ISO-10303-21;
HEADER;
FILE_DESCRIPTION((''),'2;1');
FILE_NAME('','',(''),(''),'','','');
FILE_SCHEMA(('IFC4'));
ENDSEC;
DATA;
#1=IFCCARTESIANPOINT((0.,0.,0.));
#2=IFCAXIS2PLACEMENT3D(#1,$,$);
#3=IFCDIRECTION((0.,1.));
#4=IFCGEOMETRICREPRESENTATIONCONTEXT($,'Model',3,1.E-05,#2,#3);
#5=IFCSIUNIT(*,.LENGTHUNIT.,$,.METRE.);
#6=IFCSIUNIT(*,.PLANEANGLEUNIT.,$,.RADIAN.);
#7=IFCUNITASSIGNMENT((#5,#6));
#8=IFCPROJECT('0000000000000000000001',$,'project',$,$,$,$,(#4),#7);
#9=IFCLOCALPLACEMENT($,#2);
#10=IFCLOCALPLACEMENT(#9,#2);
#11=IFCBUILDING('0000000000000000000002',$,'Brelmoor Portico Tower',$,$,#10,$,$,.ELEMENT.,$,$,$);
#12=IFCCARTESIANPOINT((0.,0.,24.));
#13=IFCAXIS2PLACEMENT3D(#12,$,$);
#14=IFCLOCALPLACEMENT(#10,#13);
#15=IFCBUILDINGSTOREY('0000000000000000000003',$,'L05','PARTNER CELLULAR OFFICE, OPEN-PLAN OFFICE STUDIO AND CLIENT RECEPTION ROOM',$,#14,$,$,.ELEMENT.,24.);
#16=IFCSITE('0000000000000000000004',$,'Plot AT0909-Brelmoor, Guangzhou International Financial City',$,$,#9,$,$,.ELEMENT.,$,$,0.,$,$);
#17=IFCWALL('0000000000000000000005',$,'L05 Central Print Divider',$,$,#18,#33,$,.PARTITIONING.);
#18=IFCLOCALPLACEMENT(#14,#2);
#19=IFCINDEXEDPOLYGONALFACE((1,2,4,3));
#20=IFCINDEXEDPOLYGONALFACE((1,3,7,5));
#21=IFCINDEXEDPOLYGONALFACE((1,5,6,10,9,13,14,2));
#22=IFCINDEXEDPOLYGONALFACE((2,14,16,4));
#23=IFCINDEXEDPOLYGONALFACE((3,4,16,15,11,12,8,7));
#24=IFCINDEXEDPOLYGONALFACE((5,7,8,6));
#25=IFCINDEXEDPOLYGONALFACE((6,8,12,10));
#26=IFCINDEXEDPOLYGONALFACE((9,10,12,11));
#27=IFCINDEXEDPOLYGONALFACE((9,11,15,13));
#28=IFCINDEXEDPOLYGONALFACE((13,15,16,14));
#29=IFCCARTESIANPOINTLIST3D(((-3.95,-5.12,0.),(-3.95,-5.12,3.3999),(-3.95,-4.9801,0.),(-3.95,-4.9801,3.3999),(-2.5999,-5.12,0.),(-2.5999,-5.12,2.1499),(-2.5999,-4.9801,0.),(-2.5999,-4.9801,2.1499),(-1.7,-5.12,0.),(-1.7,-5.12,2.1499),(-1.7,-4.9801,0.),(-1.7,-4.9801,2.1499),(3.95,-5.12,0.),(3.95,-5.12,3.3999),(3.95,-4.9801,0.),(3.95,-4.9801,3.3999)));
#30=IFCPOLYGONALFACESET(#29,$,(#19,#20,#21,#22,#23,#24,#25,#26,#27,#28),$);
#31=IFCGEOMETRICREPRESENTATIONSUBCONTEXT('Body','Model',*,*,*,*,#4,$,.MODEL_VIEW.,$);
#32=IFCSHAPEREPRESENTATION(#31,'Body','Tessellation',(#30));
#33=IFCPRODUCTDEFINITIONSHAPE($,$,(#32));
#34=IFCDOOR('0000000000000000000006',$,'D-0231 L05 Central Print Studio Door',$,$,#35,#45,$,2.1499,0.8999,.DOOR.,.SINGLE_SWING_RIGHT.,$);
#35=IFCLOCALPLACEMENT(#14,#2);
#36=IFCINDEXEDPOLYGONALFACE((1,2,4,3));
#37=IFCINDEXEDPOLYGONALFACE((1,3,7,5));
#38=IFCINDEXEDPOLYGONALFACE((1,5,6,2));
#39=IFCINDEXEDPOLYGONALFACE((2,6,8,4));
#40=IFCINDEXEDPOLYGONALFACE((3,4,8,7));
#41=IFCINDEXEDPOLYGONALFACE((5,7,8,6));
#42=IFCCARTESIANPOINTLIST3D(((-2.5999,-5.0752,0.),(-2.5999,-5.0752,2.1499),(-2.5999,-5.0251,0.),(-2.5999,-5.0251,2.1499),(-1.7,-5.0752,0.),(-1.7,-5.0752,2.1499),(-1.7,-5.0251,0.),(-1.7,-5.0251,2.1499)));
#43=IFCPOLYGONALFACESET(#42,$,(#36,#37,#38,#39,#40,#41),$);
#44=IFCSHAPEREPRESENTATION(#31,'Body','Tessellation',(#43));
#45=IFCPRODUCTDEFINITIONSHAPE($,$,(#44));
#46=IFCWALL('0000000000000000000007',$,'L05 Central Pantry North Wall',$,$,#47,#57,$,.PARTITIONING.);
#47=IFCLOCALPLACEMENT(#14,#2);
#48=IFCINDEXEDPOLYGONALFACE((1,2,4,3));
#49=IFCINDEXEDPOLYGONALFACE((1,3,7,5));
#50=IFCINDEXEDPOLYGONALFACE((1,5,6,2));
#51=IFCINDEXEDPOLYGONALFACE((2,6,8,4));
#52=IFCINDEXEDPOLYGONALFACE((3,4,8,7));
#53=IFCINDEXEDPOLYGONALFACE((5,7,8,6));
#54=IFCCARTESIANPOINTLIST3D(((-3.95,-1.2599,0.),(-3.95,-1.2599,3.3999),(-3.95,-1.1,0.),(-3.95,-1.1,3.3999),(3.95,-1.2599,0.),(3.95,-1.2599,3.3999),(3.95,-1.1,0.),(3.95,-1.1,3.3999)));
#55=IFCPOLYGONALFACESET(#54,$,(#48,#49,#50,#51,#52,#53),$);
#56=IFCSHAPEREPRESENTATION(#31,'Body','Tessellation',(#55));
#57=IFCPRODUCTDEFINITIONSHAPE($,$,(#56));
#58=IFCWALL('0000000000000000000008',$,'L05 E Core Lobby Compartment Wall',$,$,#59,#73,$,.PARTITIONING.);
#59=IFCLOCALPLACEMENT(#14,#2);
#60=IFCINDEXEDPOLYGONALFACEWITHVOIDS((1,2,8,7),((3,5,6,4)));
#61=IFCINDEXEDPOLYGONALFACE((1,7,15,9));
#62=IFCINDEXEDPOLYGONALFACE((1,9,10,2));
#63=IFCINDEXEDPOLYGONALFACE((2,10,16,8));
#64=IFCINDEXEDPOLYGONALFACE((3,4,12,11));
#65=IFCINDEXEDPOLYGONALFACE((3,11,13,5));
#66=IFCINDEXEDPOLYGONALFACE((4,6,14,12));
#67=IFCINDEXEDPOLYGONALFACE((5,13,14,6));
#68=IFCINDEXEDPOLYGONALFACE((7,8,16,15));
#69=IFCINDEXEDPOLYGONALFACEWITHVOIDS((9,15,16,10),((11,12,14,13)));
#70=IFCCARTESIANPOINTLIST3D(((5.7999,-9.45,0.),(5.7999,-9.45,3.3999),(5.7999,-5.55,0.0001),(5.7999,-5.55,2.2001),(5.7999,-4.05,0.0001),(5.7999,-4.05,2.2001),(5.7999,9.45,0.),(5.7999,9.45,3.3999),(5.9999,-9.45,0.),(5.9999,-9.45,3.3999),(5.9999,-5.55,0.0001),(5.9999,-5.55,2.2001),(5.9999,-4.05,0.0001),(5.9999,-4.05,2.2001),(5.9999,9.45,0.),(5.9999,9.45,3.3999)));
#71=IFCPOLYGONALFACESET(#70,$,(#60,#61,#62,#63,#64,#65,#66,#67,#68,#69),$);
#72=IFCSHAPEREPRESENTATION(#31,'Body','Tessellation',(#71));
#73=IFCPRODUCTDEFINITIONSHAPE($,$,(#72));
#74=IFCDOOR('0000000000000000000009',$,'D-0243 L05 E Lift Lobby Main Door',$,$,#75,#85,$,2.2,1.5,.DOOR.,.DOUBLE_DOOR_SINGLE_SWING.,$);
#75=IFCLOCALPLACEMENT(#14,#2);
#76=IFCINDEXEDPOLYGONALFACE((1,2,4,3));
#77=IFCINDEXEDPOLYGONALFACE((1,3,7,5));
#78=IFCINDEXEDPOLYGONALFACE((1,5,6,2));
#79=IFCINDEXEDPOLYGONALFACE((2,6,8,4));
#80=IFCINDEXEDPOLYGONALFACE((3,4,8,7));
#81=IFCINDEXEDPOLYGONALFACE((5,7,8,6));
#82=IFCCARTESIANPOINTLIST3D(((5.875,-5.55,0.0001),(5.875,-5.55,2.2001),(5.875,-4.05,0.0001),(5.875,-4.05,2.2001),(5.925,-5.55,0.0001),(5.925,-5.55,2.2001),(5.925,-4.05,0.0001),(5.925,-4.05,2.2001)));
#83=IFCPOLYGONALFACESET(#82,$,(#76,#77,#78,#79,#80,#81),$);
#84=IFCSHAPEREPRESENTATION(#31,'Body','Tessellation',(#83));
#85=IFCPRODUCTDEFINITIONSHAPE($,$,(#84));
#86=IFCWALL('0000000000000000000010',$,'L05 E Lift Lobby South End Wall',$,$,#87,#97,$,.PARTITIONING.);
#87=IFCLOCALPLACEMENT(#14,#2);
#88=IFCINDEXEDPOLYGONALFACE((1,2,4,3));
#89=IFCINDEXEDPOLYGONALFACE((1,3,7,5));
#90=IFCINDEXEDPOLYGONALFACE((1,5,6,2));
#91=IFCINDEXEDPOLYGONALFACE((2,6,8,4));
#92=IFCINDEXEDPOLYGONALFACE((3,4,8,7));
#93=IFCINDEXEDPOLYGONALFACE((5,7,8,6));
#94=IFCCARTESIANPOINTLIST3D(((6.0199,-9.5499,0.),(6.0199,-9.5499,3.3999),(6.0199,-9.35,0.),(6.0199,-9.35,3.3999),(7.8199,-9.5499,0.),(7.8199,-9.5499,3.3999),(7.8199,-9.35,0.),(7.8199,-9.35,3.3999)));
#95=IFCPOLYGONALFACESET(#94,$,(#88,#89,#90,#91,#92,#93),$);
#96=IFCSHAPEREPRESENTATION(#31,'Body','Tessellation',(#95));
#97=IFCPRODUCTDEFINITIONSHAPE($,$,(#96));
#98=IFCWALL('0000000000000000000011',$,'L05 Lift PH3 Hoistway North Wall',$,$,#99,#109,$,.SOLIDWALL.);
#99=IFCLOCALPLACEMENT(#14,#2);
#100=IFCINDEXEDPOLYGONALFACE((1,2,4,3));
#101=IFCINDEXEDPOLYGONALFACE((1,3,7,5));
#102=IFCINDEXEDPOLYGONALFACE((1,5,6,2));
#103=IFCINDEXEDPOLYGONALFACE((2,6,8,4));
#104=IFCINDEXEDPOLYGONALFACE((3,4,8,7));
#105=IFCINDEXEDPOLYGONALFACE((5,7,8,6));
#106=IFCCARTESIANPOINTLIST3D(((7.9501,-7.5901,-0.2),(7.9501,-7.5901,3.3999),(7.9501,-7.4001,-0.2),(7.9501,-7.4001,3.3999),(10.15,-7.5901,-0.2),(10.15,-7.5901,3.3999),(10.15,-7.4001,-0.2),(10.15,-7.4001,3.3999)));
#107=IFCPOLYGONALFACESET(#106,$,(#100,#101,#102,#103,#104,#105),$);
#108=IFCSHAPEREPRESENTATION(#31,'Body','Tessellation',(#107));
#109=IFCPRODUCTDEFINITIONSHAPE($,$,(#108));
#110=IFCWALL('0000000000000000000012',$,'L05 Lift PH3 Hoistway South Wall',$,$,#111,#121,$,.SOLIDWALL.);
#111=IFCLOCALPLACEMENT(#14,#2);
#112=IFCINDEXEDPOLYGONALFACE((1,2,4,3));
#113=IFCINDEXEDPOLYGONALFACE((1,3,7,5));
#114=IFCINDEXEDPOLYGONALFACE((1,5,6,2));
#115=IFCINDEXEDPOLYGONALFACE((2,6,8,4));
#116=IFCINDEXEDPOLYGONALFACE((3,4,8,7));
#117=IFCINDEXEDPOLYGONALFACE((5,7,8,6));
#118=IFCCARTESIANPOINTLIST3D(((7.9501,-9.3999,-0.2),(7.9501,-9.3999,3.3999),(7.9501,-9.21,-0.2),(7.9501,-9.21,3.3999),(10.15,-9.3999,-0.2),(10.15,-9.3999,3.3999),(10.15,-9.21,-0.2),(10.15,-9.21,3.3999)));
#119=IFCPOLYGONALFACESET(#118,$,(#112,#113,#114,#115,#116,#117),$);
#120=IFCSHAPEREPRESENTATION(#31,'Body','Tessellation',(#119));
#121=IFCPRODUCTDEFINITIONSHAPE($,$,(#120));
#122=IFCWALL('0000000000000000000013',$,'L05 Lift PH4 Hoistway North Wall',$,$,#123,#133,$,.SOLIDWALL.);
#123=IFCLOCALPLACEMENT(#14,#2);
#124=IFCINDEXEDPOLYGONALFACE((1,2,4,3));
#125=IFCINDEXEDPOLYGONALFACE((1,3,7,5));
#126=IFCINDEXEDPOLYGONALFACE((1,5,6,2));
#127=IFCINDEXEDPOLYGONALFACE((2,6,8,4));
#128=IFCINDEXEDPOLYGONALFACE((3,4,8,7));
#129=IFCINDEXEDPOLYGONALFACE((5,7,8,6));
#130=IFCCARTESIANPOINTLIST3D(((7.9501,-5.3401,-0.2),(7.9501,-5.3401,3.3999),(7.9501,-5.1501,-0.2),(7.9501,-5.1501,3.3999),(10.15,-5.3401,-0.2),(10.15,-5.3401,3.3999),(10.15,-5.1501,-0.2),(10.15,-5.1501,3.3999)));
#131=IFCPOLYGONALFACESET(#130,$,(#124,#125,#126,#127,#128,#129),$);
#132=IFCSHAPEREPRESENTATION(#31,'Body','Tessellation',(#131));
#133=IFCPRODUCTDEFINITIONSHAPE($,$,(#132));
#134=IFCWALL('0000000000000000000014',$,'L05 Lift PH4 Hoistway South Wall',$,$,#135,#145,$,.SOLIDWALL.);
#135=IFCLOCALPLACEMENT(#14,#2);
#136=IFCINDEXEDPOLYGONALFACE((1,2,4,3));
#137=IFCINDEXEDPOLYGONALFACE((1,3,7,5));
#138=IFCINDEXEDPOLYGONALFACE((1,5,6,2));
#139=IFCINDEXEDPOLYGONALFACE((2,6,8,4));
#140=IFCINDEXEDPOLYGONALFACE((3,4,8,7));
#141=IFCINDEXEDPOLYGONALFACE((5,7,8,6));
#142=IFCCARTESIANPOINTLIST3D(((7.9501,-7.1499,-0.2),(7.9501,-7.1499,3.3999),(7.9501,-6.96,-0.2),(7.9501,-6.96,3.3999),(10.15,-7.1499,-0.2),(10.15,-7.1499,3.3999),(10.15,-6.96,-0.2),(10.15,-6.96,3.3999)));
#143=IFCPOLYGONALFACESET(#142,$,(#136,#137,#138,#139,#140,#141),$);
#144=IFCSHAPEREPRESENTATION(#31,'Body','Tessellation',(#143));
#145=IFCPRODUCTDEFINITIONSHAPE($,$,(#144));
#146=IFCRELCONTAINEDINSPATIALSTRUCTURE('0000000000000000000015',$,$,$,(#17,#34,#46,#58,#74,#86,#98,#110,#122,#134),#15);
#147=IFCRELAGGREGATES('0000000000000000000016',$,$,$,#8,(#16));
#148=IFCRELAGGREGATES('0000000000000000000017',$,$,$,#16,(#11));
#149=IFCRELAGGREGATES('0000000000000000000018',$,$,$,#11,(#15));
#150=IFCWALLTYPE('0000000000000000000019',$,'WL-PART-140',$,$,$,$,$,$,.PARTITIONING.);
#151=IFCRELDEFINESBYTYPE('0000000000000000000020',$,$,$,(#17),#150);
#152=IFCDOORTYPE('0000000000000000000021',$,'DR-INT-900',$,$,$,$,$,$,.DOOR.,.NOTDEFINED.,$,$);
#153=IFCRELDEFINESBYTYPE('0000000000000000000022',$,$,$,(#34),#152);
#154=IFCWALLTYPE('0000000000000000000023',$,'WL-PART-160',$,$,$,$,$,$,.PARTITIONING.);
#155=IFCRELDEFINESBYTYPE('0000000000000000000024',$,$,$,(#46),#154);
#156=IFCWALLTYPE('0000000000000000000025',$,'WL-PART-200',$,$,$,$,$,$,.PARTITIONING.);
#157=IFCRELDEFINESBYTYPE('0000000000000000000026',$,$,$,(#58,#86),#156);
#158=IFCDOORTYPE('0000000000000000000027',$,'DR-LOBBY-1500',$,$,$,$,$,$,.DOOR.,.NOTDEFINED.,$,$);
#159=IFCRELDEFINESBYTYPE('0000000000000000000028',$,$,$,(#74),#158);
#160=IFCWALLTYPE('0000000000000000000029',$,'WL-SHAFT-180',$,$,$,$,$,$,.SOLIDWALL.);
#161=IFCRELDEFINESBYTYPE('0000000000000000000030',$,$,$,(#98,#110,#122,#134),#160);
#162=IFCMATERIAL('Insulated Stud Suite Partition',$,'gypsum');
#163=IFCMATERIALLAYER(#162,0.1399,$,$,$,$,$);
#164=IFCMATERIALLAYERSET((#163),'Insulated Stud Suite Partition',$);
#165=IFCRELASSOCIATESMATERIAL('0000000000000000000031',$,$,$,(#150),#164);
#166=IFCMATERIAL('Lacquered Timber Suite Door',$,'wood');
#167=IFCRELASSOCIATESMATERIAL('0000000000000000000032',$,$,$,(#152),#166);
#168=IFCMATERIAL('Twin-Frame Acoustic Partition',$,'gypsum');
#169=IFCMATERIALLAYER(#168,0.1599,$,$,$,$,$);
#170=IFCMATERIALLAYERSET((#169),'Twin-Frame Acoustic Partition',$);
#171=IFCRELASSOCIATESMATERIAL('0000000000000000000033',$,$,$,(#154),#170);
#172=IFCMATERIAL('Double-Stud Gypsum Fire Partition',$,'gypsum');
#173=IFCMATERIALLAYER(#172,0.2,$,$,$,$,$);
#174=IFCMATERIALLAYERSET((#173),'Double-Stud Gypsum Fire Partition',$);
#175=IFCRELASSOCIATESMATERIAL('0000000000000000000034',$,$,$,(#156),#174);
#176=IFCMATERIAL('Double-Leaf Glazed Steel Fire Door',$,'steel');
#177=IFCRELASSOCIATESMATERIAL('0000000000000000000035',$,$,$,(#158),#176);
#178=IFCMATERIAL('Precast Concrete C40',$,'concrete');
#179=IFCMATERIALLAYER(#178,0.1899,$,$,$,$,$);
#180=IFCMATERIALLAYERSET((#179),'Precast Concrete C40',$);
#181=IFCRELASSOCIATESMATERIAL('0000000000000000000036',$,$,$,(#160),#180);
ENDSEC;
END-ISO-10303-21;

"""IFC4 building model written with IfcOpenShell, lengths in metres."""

from ifc_helpers import new_model, si_unit, direction, frame, frame_2d, origin, place, context, subcontext, project, spatial, rectangle, extrude, material, layer, layer_set, type_object, element, fill, save


model = new_model("IFC4")

# Units and contexts
model_context = context("Model", 3, precision=1e-05, world=origin(), true_north=direction((0.0, 1.0)))
body_context = subcontext(model_context, "Body", "Model", "MODEL_VIEW")
ifc_project = project(units=[si_unit("LENGTHUNIT", "METRE"), si_unit("PLANEANGLEUNIT", "RADIAN")], contexts=[model_context])

# Site, building, storey
site_placement = place(None, origin())
site = spatial("IfcSite", under=ifc_project, at=site_placement, Name="Plot AT0909-Brelmoor, Guangzhou International Financial City", CompositionType="ELEMENT", RefElevation=0.0)
building_placement = place(site_placement, origin())
building = spatial("IfcBuilding", under=site, at=building_placement, Name="Brelmoor Portico Tower", CompositionType="ELEMENT")
storey_placement = place(building_placement, frame((0.0, 0.0, 24.0)))
storey = spatial("IfcBuildingStorey", under=building, at=storey_placement, Name="L05", Description="PARTNER CELLULAR OFFICE, OPEN-PLAN OFFICE STUDIO AND CLIENT RECEPTION ROOM", CompositionType="ELEMENT", Elevation=24.0)

# Wall, opening, door
ifc_material_1 = material(Name="Insulated Stud Suite Partition", Category="gypsum")
ifc_layer_1 = layer(ifc_material_1, 0.1399)
ifc_layer_set_1 = layer_set([ifc_layer_1], Name="Insulated Stud Suite Partition")
wall_type_1 = type_object("IfcWallType", Name="WL-PART-140", PredefinedType="PARTITIONING", material=ifc_layer_set_1)
wall_1_placement = place(storey_placement, frame((-3.95, -5.05, 0.0), z_axis=(0.0, 0.0, 1.0), x_axis=(1.0, 0.0, 0.0)))
wall_1 = element("IfcWall", 1, at=wall_1_placement, inside=storey, type_object=wall_type_1, Name="L05 Central Print Divider", PredefinedType="PARTITIONING", context=body_context, shape_type="SweptSolid", body=[
    extrude(rectangle(XDim=7.8999, YDim=0.1399, at=frame_2d((3.95, 0.0))), origin(), (0.0, 0.0, 1.0), 3.3999),
])
opening_1_placement = place(wall_1_placement, frame((1.3501, 0.0, 0.0)))
opening_1 = element("IfcOpeningElement", 2, at=opening_1_placement, cuts=wall_1, PredefinedType="OPENING", context=body_context, shape_type="SweptSolid", body=[
    extrude(rectangle(XDim=0.8999, YDim=2.1499, at=frame_2d((0.45, 1.075))), frame((0.0, 0.0798, 0.0), z_axis=(0.0, -1.0, 0.0), x_axis=(1.0, 0.0, 0.0)), (0.0, 0.0, 1.0), 0.1599),
])
ifc_material_2 = material(Name="Lacquered Timber Suite Door", Category="wood")
door_type_1 = type_object("IfcDoorType", Name="DR-INT-900", OperationType="NOTDEFINED", PredefinedType="DOOR", material=ifc_material_2)
door_1_placement = place(opening_1_placement, origin())
door_1 = element("IfcDoor", 3, at=door_1_placement, inside=storey, type_object=door_type_1, Name="D-0231 L05 Central Print Studio Door", OperationType="SINGLE_SWING_RIGHT", OverallHeight=2.1499, OverallWidth=0.8999, PredefinedType="DOOR", context=body_context, shape_type="SweptSolid", body=[
    extrude(rectangle(XDim=0.8999, YDim=2.1499, at=frame_2d((0.45, 1.075))), frame((0.0, 0.0249, 0.0), z_axis=(0.0, -1.0, 0.0), x_axis=(1.0, 0.0, 0.0)), (0.0, 0.0, 1.0), 0.05),
])
fill(opening_1, door_1)

# Wall
ifc_material_3 = material(Name="Twin-Frame Acoustic Partition", Category="gypsum")
ifc_layer_2 = layer(ifc_material_3, 0.1599)
ifc_layer_set_2 = layer_set([ifc_layer_2], Name="Twin-Frame Acoustic Partition")
wall_type_2 = type_object("IfcWallType", Name="WL-PART-160", PredefinedType="PARTITIONING", material=ifc_layer_set_2)
wall_2_placement = place(storey_placement, frame((-3.95, -1.1799, 0.0), z_axis=(0.0, 0.0, 1.0), x_axis=(1.0, 0.0, 0.0)))
element("IfcWall", 4, at=wall_2_placement, inside=storey, type_object=wall_type_2, Name="L05 Central Pantry North Wall", PredefinedType="PARTITIONING", context=body_context, shape_type="SweptSolid", body=[
    extrude(rectangle(XDim=7.8999, YDim=0.1599, at=frame_2d((3.95, 0.0))), origin(), (0.0, 0.0, 1.0), 3.3999),
])

# Wall, opening, door
ifc_material_4 = material(Name="Double-Stud Gypsum Fire Partition", Category="gypsum")
ifc_layer_3 = layer(ifc_material_4, 0.2)
ifc_layer_set_3 = layer_set([ifc_layer_3], Name="Double-Stud Gypsum Fire Partition")
wall_type_3 = type_object("IfcWallType", Name="WL-PART-200", PredefinedType="PARTITIONING", material=ifc_layer_set_3)
wall_3_placement = place(storey_placement, frame((5.8999, -9.45, 0.0), z_axis=(0.0, 0.0, 1.0), x_axis=(0.0, 1.0, 0.0)))
wall_3 = element("IfcWall", 5, at=wall_3_placement, inside=storey, type_object=wall_type_3, Name="L05 E Core Lobby Compartment Wall", PredefinedType="PARTITIONING", context=body_context, shape_type="SweptSolid", body=[
    extrude(rectangle(XDim=18.8999, YDim=0.2, at=frame_2d((9.45, 0.0))), origin(), (0.0, 0.0, 1.0), 3.3999),
])
opening_2_placement = place(wall_3_placement, frame((3.8999, 0.0, 0.0)))
opening_2 = element("IfcOpeningElement", 6, at=opening_2_placement, cuts=wall_3, PredefinedType="OPENING", context=body_context, shape_type="SweptSolid", body=[
    extrude(rectangle(XDim=1.5, YDim=2.2, at=frame_2d((0.75, 1.1001))), frame((0.0, 0.1099, 0.0), z_axis=(0.0, -1.0, 0.0), x_axis=(1.0, 0.0, 0.0)), (0.0, 0.0, 1.0), 0.22),
])
ifc_material_5 = material(Name="Double-Leaf Glazed Steel Fire Door", Category="steel")
door_type_2 = type_object("IfcDoorType", Name="DR-LOBBY-1500", OperationType="NOTDEFINED", PredefinedType="DOOR", material=ifc_material_5)
door_2_placement = place(opening_2_placement, origin())
door_2 = element("IfcDoor", 7, at=door_2_placement, inside=storey, type_object=door_type_2, Name="D-0243 L05 E Lift Lobby Main Door", OperationType="DOUBLE_DOOR_SINGLE_SWING", OverallHeight=2.2, OverallWidth=1.5, PredefinedType="DOOR", context=body_context, shape_type="SweptSolid", body=[
    extrude(rectangle(XDim=1.5, YDim=2.2, at=frame_2d((0.75, 1.1001))), frame((0.0, 0.0249, 0.0), z_axis=(0.0, -1.0, 0.0), x_axis=(1.0, 0.0, 0.0)), (0.0, 0.0, 1.0), 0.05),
])
fill(opening_2, door_2)

# Walls
wall_4_placement = place(storey_placement, frame((6.02, -9.45, 0.0), z_axis=(0.0, 0.0, 1.0), x_axis=(1.0, 0.0, 0.0)))
element("IfcWall", 8, at=wall_4_placement, inside=storey, type_object=wall_type_3, Name="L05 E Lift Lobby South End Wall", PredefinedType="PARTITIONING", context=body_context, shape_type="SweptSolid", body=[
    extrude(rectangle(XDim=1.8, YDim=0.2, at=frame_2d((0.8999, 0.0))), origin(), (0.0, 0.0, 1.0), 3.3999),
])
ifc_material_6 = material(Name="Precast Concrete C40", Category="concrete")
ifc_layer_4 = layer(ifc_material_6, 0.1899)
ifc_layer_set_4 = layer_set([ifc_layer_4], Name="Precast Concrete C40")
wall_type_4 = type_object("IfcWallType", Name="WL-SHAFT-180", PredefinedType="SOLIDWALL", material=ifc_layer_set_4)
for number, where, z_axis, x_axis, name in (
    (9, (7.95, -7.4951, -0.2), (0.0, 0.0, 1.0), (1.0, 0.0, 0.0), "L05 Lift PH3 Hoistway North Wall"),
    (10, (7.95, -9.3049, -0.2), (0.0, 0.0, 1.0), (1.0, 0.0, 0.0), "L05 Lift PH3 Hoistway South Wall"),
    (11, (7.95, -5.2451, -0.2), (0.0, 0.0, 1.0), (1.0, 0.0, 0.0), "L05 Lift PH4 Hoistway North Wall"),
    (12, (7.95, -7.0549, -0.2), (0.0, 0.0, 1.0), (1.0, 0.0, 0.0), "L05 Lift PH4 Hoistway South Wall"),
):
    element("IfcWall", number, at=place(storey_placement, frame(where, z_axis=z_axis, x_axis=x_axis)), inside=storey, type_object=wall_type_4, Name=name, PredefinedType="SOLIDWALL", context=body_context, shape_type="SweptSolid", body=[
        extrude(rectangle(XDim=2.2, YDim=0.1899, at=frame_2d((1.1001, 0.0))), origin(), (0.0, 0.0, 1.0), 3.5999),
    ])

save(model, "model.ifc")
